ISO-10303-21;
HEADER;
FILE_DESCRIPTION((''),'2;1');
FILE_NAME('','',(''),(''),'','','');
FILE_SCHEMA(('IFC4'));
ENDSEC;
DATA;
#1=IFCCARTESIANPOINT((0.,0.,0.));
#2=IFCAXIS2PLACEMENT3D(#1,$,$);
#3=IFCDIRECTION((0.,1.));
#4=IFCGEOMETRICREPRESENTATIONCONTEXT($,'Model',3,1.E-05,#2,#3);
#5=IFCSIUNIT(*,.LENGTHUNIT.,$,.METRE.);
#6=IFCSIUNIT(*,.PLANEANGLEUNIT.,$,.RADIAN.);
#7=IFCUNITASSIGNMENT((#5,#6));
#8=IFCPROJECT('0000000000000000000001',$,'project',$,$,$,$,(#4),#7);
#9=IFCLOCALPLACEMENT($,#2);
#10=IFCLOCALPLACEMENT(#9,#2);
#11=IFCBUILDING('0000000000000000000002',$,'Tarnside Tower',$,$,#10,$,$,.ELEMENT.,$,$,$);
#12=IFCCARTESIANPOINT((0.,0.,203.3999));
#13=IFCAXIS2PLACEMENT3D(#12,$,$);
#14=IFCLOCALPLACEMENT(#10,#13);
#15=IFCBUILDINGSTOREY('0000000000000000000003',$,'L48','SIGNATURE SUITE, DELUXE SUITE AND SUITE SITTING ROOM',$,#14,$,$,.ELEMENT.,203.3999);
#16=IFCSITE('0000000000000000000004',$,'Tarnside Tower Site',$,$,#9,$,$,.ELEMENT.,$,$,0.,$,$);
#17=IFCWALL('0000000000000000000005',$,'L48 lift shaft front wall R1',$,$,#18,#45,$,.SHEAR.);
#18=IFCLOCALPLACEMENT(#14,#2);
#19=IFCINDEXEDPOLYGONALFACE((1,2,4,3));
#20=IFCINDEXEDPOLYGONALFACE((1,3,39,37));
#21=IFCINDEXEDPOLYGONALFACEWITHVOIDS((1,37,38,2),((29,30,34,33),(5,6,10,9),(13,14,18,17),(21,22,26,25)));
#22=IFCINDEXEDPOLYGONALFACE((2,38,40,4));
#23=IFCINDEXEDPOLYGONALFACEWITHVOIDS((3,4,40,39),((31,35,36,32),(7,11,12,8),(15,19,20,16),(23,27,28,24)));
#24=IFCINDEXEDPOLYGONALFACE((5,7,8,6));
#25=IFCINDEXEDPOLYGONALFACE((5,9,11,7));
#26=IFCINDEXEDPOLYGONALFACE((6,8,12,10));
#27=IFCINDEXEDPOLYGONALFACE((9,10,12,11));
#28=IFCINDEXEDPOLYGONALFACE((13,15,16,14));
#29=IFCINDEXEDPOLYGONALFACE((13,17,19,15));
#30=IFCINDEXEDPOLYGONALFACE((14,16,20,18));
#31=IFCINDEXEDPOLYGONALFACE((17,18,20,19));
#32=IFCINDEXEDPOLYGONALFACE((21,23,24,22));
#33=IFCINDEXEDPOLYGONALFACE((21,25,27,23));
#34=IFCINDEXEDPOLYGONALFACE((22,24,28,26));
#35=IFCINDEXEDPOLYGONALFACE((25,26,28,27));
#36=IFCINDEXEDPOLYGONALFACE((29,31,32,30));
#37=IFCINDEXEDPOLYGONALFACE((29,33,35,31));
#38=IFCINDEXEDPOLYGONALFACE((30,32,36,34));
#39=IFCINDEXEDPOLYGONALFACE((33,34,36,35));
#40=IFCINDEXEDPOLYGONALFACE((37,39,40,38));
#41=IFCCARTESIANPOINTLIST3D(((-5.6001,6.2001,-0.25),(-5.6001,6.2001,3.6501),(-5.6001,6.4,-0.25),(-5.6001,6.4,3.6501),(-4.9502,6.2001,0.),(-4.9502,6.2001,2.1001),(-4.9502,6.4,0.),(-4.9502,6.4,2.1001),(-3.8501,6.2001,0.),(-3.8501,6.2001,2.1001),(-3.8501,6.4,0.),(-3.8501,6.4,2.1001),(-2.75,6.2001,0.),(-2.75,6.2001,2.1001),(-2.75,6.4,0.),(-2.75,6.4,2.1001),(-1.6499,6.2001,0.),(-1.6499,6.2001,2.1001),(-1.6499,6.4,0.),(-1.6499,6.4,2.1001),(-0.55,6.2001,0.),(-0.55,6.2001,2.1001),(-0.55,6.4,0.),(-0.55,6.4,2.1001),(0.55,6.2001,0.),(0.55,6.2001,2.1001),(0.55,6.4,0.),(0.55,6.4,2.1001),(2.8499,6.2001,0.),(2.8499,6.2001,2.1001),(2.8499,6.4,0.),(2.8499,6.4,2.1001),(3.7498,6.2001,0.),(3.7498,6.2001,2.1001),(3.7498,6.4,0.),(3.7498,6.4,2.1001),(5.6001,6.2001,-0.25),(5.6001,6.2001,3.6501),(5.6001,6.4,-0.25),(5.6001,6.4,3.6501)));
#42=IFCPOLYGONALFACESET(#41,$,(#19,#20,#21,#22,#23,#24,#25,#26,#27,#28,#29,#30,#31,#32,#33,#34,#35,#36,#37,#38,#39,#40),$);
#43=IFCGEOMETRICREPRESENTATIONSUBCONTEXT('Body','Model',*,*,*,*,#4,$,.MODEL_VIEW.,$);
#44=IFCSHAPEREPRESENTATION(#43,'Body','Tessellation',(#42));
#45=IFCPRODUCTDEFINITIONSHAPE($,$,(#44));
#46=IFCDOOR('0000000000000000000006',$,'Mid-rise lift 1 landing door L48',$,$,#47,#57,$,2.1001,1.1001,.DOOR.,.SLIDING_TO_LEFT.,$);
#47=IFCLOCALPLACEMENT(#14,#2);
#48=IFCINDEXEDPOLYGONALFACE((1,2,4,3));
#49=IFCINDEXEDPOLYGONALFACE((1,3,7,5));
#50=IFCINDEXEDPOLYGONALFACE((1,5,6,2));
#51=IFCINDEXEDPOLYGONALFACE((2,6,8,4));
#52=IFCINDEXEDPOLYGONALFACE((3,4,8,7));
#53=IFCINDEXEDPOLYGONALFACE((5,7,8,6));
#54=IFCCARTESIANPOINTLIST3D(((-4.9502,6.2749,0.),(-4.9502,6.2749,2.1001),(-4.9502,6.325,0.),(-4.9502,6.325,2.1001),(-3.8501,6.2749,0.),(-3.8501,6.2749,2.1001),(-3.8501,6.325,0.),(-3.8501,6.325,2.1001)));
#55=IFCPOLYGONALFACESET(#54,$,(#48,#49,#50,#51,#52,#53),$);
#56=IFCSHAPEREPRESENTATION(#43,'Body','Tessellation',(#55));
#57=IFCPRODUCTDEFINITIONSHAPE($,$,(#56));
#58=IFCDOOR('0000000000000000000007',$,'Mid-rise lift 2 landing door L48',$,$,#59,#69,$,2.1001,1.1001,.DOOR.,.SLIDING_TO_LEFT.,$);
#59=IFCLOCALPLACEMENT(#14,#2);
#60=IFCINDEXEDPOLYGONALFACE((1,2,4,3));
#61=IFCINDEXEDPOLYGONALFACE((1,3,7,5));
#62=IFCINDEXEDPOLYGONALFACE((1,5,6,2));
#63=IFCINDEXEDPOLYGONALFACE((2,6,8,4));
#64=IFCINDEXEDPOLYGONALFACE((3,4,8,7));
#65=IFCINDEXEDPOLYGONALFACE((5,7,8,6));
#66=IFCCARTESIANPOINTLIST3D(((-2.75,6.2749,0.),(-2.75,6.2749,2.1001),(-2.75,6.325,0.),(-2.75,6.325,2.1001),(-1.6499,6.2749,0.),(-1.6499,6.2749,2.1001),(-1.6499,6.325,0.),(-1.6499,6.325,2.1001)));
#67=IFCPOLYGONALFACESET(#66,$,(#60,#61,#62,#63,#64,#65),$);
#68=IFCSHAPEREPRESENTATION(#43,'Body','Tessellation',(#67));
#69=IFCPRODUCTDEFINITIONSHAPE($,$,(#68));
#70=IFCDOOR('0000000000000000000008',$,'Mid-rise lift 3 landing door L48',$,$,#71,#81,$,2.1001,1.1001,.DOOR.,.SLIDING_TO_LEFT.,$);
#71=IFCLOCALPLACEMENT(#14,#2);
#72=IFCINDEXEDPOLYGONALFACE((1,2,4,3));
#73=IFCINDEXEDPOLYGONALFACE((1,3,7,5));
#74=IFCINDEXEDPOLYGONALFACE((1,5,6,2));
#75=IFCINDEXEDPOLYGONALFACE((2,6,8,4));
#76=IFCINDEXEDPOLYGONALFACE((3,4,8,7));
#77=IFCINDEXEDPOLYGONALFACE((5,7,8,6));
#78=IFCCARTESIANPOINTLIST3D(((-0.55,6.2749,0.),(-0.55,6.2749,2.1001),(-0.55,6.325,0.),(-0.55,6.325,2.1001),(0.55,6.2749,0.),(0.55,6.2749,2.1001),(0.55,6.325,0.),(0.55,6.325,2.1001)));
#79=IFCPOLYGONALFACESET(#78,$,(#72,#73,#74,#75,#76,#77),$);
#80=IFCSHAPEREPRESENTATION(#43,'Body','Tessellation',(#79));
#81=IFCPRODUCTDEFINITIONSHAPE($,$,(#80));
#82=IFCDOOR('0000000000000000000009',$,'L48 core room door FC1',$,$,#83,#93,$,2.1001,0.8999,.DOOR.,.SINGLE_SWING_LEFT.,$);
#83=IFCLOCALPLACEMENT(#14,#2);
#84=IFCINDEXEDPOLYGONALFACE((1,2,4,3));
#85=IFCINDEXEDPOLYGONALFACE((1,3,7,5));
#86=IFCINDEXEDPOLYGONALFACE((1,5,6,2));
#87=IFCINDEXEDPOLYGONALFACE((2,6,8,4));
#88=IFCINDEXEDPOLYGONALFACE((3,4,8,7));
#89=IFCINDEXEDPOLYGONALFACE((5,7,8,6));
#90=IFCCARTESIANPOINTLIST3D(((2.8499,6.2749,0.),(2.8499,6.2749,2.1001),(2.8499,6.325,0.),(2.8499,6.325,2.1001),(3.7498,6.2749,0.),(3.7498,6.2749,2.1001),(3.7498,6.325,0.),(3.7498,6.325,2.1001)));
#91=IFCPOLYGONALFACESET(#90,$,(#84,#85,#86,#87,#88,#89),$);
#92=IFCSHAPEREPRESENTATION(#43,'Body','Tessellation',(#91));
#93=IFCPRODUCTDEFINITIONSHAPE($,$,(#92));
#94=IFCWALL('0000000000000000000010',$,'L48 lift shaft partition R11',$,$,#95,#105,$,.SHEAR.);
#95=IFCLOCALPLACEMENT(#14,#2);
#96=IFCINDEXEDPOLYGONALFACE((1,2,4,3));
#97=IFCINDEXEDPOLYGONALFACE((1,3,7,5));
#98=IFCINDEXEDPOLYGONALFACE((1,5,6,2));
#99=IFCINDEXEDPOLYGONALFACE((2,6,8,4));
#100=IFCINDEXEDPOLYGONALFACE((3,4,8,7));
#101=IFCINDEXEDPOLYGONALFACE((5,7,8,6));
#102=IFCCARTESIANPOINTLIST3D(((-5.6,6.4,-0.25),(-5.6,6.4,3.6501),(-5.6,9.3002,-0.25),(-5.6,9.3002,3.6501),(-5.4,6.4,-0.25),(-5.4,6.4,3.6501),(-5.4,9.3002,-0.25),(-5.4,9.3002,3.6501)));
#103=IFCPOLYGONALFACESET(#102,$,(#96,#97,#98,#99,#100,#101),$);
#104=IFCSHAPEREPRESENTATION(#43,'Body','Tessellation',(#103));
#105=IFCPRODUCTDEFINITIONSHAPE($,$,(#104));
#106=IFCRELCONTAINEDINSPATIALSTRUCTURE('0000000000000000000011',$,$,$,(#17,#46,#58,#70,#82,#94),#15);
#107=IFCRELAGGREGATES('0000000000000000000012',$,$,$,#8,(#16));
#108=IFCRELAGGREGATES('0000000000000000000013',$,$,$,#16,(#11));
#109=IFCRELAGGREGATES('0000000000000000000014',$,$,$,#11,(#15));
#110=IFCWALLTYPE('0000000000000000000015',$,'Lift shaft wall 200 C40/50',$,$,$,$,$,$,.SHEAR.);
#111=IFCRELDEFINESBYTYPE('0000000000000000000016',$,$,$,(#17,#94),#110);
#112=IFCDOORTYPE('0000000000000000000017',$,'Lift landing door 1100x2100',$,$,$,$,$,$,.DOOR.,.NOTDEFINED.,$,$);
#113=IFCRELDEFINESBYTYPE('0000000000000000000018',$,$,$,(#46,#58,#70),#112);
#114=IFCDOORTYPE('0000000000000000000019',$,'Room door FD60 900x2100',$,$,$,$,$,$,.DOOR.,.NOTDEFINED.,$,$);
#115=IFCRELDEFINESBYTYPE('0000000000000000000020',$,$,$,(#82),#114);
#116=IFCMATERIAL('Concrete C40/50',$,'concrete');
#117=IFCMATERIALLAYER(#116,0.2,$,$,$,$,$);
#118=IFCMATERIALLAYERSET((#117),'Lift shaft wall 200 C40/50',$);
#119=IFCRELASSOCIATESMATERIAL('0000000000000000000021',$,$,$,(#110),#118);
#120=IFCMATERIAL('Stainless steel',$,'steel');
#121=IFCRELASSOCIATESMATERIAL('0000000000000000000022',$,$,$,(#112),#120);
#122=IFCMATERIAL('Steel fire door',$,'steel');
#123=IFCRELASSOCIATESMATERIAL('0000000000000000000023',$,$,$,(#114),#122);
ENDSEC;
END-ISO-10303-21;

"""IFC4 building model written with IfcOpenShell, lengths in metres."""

from ifc_helpers import new_model, si_unit, direction, frame, frame_2d, origin, place, context, subcontext, project, spatial, rectangle, extrude, material, layer, layer_set, type_object, element, fill, save


model = new_model("IFC4")

# Units and contexts
model_context = context("Model", 3, precision=1e-05, world=origin(), true_north=direction((0.0, 1.0)))
body_context = subcontext(model_context, "Body", "Model", "MODEL_VIEW")
ifc_project = project(units=[si_unit("LENGTHUNIT", "METRE"), si_unit("PLANEANGLEUNIT", "RADIAN")], contexts=[model_context])

# Site, building, storey
site_placement = place(None, origin())
site = spatial("IfcSite", under=ifc_project, at=site_placement, Name="Tarnside Tower Site", CompositionType="ELEMENT", RefElevation=0.0)
building_placement = place(site_placement, origin())
building = spatial("IfcBuilding", under=site, at=building_placement, Name="Tarnside Tower", CompositionType="ELEMENT")
storey_placement = place(building_placement, frame((0.0, 0.0, 203.3999)))
storey = spatial("IfcBuildingStorey", under=building, at=storey_placement, Name="L48", Description="SIGNATURE SUITE, DELUXE SUITE AND SUITE SITTING ROOM", CompositionType="ELEMENT", Elevation=203.3999)

# Shared definitions
ifc_material_1 = material(Name="Concrete C40/50", Category="concrete")

# Wall, openings, doors
ifc_layer_1 = layer(ifc_material_1, 0.2)
ifc_layer_set_1 = layer_set([ifc_layer_1], Name="Lift shaft wall 200 C40/50")
wall_type = type_object("IfcWallType", Name="Lift shaft wall 200 C40/50", PredefinedType="SHEAR", material=ifc_layer_set_1)
wall_1_placement = place(storey_placement, frame((-5.6001, 6.3, -0.25), z_axis=(0.0, 0.0, 1.0), x_axis=(1.0, 0.0, 0.0)))
wall_1 = element("IfcWall", 1, at=wall_1_placement, inside=storey, type_object=wall_type, Name="L48 lift shaft front wall R1", PredefinedType="SHEAR", context=body_context, shape_type="SweptSolid", body=[
    extrude(rectangle(XDim=11.2002, YDim=0.2, at=frame_2d((5.6001, 0.0))), origin(), (0.0, 0.0, 1.0), 3.9001),
])
opening_1_placement = place(wall_1_placement, frame((8.45, 0.0, 0.25)))
opening_1 = element("IfcOpeningElement", 2, at=opening_1_placement, cuts=wall_1, PredefinedType="OPENING", context=body_context, shape_type="SweptSolid", body=[
    extrude(rectangle(XDim=0.8999, YDim=2.1001, at=frame_2d((0.45, 1.05))), frame((0.0, 0.1099, 0.0), z_axis=(0.0, -1.0, 0.0), x_axis=(1.0, 0.0, 0.0)), (0.0, 0.0, 1.0), 0.22),
])
opening_2_placement = place(wall_1_placement, frame((0.6499, 0.0, 0.25)))
opening_2 = element("IfcOpeningElement", 3, at=opening_2_placement, cuts=wall_1, PredefinedType="OPENING", context=body_context, shape_type="SweptSolid", body=[
    extrude(rectangle(XDim=1.1001, YDim=2.1001, at=frame_2d((0.55, 1.05))), frame((0.0, 0.1099, 0.0), z_axis=(0.0, -1.0, 0.0), x_axis=(1.0, 0.0, 0.0)), (0.0, 0.0, 1.0), 0.22),
])
opening_3_placement = place(wall_1_placement, frame((2.8501, 0.0, 0.25)))
opening_3 = element("IfcOpeningElement", 4, at=opening_3_placement, cuts=wall_1, PredefinedType="OPENING", context=body_context, shape_type="SweptSolid", body=[
    extrude(rectangle(XDim=1.1001, YDim=2.1001, at=frame_2d((0.55, 1.05))), frame((0.0, 0.1099, 0.0), z_axis=(0.0, -1.0, 0.0), x_axis=(1.0, 0.0, 0.0)), (0.0, 0.0, 1.0), 0.22),
])
opening_4_placement = place(wall_1_placement, frame((5.05, 0.0, 0.25)))
opening_4 = element("IfcOpeningElement", 5, at=opening_4_placement, cuts=wall_1, PredefinedType="OPENING", context=body_context, shape_type="SweptSolid", body=[
    extrude(rectangle(XDim=1.1001, YDim=2.1001, at=frame_2d((0.55, 1.05))), frame((0.0, 0.1099, 0.0), z_axis=(0.0, -1.0, 0.0), x_axis=(1.0, 0.0, 0.0)), (0.0, 0.0, 1.0), 0.22),
])
ifc_material_2 = material(Name="Stainless steel", Category="steel")
door_type_1 = type_object("IfcDoorType", Name="Lift landing door 1100x2100", OperationType="NOTDEFINED", PredefinedType="DOOR", material=ifc_material_2)
door_1_placement = place(opening_2_placement, origin())
door_1 = element("IfcDoor", 6, at=door_1_placement, inside=storey, type_object=door_type_1, Name="Mid-rise lift 1 landing door L48", OperationType="SLIDING_TO_LEFT", OverallHeight=2.1001, OverallWidth=1.1001, PredefinedType="DOOR", context=body_context, shape_type="SweptSolid", body=[
    extrude(rectangle(XDim=1.1001, YDim=2.1001, at=frame_2d((0.55, 1.05))), frame((0.0, 0.0249, 0.0), z_axis=(0.0, -1.0, 0.0), x_axis=(1.0, 0.0, 0.0)), (0.0, 0.0, 1.0), 0.05),
])
fill(opening_2, door_1)
door_2_placement = place(opening_3_placement, origin())
door_2 = element("IfcDoor", 7, at=door_2_placement, inside=storey, type_object=door_type_1, Name="Mid-rise lift 2 landing door L48", OperationType="SLIDING_TO_LEFT", OverallHeight=2.1001, OverallWidth=1.1001, PredefinedType="DOOR", context=body_context, shape_type="SweptSolid", body=[
    extrude(rectangle(XDim=1.1001, YDim=2.1001, at=frame_2d((0.55, 1.05))), frame((0.0, 0.0249, 0.0), z_axis=(0.0, -1.0, 0.0), x_axis=(1.0, 0.0, 0.0)), (0.0, 0.0, 1.0), 0.05),
])
fill(opening_3, door_2)
door_3_placement = place(opening_4_placement, origin())
door_3 = element("IfcDoor", 8, at=door_3_placement, inside=storey, type_object=door_type_1, Name="Mid-rise lift 3 landing door L48", OperationType="SLIDING_TO_LEFT", OverallHeight=2.1001, OverallWidth=1.1001, PredefinedType="DOOR", context=body_context, shape_type="SweptSolid", body=[
    extrude(rectangle(XDim=1.1001, YDim=2.1001, at=frame_2d((0.55, 1.05))), frame((0.0, 0.0249, 0.0), z_axis=(0.0, -1.0, 0.0), x_axis=(1.0, 0.0, 0.0)), (0.0, 0.0, 1.0), 0.05),
])
fill(opening_4, door_3)
ifc_material_3 = material(Name="Steel fire door", Category="steel")
door_type_2 = type_object("IfcDoorType", Name="Room door FD60 900x2100", OperationType="NOTDEFINED", PredefinedType="DOOR", material=ifc_material_3)
door_4_placement = place(opening_1_placement, origin())
door_4 = element("IfcDoor", 9, at=door_4_placement, inside=storey, type_object=door_type_2, Name="L48 core room door FC1", OperationType="SINGLE_SWING_LEFT", OverallHeight=2.1001, OverallWidth=0.8999, PredefinedType="DOOR", context=body_context, shape_type="SweptSolid", body=[
    extrude(rectangle(XDim=0.8999, YDim=2.1001, at=frame_2d((0.45, 1.05))), frame((0.0, 0.0249, 0.0), z_axis=(0.0, -1.0, 0.0), x_axis=(1.0, 0.0, 0.0)), (0.0, 0.0, 1.0), 0.05),
])
fill(opening_1, door_4)

# Wall
wall_2_placement = place(storey_placement, frame((-5.5, 6.3999, -0.25), z_axis=(0.0, 0.0, 1.0), x_axis=(0.0, 1.0, 0.0)))
element("IfcWall", 10, at=wall_2_placement, inside=storey, type_object=wall_type, Name="L48 lift shaft partition R11", PredefinedType="SHEAR", context=body_context, shape_type="SweptSolid", body=[
    extrude(rectangle(XDim=2.9001, YDim=0.2, at=frame_2d((1.4502, 0.0))), origin(), (0.0, 0.0, 1.0), 3.9001),
])

save(model, "model.ifc")
